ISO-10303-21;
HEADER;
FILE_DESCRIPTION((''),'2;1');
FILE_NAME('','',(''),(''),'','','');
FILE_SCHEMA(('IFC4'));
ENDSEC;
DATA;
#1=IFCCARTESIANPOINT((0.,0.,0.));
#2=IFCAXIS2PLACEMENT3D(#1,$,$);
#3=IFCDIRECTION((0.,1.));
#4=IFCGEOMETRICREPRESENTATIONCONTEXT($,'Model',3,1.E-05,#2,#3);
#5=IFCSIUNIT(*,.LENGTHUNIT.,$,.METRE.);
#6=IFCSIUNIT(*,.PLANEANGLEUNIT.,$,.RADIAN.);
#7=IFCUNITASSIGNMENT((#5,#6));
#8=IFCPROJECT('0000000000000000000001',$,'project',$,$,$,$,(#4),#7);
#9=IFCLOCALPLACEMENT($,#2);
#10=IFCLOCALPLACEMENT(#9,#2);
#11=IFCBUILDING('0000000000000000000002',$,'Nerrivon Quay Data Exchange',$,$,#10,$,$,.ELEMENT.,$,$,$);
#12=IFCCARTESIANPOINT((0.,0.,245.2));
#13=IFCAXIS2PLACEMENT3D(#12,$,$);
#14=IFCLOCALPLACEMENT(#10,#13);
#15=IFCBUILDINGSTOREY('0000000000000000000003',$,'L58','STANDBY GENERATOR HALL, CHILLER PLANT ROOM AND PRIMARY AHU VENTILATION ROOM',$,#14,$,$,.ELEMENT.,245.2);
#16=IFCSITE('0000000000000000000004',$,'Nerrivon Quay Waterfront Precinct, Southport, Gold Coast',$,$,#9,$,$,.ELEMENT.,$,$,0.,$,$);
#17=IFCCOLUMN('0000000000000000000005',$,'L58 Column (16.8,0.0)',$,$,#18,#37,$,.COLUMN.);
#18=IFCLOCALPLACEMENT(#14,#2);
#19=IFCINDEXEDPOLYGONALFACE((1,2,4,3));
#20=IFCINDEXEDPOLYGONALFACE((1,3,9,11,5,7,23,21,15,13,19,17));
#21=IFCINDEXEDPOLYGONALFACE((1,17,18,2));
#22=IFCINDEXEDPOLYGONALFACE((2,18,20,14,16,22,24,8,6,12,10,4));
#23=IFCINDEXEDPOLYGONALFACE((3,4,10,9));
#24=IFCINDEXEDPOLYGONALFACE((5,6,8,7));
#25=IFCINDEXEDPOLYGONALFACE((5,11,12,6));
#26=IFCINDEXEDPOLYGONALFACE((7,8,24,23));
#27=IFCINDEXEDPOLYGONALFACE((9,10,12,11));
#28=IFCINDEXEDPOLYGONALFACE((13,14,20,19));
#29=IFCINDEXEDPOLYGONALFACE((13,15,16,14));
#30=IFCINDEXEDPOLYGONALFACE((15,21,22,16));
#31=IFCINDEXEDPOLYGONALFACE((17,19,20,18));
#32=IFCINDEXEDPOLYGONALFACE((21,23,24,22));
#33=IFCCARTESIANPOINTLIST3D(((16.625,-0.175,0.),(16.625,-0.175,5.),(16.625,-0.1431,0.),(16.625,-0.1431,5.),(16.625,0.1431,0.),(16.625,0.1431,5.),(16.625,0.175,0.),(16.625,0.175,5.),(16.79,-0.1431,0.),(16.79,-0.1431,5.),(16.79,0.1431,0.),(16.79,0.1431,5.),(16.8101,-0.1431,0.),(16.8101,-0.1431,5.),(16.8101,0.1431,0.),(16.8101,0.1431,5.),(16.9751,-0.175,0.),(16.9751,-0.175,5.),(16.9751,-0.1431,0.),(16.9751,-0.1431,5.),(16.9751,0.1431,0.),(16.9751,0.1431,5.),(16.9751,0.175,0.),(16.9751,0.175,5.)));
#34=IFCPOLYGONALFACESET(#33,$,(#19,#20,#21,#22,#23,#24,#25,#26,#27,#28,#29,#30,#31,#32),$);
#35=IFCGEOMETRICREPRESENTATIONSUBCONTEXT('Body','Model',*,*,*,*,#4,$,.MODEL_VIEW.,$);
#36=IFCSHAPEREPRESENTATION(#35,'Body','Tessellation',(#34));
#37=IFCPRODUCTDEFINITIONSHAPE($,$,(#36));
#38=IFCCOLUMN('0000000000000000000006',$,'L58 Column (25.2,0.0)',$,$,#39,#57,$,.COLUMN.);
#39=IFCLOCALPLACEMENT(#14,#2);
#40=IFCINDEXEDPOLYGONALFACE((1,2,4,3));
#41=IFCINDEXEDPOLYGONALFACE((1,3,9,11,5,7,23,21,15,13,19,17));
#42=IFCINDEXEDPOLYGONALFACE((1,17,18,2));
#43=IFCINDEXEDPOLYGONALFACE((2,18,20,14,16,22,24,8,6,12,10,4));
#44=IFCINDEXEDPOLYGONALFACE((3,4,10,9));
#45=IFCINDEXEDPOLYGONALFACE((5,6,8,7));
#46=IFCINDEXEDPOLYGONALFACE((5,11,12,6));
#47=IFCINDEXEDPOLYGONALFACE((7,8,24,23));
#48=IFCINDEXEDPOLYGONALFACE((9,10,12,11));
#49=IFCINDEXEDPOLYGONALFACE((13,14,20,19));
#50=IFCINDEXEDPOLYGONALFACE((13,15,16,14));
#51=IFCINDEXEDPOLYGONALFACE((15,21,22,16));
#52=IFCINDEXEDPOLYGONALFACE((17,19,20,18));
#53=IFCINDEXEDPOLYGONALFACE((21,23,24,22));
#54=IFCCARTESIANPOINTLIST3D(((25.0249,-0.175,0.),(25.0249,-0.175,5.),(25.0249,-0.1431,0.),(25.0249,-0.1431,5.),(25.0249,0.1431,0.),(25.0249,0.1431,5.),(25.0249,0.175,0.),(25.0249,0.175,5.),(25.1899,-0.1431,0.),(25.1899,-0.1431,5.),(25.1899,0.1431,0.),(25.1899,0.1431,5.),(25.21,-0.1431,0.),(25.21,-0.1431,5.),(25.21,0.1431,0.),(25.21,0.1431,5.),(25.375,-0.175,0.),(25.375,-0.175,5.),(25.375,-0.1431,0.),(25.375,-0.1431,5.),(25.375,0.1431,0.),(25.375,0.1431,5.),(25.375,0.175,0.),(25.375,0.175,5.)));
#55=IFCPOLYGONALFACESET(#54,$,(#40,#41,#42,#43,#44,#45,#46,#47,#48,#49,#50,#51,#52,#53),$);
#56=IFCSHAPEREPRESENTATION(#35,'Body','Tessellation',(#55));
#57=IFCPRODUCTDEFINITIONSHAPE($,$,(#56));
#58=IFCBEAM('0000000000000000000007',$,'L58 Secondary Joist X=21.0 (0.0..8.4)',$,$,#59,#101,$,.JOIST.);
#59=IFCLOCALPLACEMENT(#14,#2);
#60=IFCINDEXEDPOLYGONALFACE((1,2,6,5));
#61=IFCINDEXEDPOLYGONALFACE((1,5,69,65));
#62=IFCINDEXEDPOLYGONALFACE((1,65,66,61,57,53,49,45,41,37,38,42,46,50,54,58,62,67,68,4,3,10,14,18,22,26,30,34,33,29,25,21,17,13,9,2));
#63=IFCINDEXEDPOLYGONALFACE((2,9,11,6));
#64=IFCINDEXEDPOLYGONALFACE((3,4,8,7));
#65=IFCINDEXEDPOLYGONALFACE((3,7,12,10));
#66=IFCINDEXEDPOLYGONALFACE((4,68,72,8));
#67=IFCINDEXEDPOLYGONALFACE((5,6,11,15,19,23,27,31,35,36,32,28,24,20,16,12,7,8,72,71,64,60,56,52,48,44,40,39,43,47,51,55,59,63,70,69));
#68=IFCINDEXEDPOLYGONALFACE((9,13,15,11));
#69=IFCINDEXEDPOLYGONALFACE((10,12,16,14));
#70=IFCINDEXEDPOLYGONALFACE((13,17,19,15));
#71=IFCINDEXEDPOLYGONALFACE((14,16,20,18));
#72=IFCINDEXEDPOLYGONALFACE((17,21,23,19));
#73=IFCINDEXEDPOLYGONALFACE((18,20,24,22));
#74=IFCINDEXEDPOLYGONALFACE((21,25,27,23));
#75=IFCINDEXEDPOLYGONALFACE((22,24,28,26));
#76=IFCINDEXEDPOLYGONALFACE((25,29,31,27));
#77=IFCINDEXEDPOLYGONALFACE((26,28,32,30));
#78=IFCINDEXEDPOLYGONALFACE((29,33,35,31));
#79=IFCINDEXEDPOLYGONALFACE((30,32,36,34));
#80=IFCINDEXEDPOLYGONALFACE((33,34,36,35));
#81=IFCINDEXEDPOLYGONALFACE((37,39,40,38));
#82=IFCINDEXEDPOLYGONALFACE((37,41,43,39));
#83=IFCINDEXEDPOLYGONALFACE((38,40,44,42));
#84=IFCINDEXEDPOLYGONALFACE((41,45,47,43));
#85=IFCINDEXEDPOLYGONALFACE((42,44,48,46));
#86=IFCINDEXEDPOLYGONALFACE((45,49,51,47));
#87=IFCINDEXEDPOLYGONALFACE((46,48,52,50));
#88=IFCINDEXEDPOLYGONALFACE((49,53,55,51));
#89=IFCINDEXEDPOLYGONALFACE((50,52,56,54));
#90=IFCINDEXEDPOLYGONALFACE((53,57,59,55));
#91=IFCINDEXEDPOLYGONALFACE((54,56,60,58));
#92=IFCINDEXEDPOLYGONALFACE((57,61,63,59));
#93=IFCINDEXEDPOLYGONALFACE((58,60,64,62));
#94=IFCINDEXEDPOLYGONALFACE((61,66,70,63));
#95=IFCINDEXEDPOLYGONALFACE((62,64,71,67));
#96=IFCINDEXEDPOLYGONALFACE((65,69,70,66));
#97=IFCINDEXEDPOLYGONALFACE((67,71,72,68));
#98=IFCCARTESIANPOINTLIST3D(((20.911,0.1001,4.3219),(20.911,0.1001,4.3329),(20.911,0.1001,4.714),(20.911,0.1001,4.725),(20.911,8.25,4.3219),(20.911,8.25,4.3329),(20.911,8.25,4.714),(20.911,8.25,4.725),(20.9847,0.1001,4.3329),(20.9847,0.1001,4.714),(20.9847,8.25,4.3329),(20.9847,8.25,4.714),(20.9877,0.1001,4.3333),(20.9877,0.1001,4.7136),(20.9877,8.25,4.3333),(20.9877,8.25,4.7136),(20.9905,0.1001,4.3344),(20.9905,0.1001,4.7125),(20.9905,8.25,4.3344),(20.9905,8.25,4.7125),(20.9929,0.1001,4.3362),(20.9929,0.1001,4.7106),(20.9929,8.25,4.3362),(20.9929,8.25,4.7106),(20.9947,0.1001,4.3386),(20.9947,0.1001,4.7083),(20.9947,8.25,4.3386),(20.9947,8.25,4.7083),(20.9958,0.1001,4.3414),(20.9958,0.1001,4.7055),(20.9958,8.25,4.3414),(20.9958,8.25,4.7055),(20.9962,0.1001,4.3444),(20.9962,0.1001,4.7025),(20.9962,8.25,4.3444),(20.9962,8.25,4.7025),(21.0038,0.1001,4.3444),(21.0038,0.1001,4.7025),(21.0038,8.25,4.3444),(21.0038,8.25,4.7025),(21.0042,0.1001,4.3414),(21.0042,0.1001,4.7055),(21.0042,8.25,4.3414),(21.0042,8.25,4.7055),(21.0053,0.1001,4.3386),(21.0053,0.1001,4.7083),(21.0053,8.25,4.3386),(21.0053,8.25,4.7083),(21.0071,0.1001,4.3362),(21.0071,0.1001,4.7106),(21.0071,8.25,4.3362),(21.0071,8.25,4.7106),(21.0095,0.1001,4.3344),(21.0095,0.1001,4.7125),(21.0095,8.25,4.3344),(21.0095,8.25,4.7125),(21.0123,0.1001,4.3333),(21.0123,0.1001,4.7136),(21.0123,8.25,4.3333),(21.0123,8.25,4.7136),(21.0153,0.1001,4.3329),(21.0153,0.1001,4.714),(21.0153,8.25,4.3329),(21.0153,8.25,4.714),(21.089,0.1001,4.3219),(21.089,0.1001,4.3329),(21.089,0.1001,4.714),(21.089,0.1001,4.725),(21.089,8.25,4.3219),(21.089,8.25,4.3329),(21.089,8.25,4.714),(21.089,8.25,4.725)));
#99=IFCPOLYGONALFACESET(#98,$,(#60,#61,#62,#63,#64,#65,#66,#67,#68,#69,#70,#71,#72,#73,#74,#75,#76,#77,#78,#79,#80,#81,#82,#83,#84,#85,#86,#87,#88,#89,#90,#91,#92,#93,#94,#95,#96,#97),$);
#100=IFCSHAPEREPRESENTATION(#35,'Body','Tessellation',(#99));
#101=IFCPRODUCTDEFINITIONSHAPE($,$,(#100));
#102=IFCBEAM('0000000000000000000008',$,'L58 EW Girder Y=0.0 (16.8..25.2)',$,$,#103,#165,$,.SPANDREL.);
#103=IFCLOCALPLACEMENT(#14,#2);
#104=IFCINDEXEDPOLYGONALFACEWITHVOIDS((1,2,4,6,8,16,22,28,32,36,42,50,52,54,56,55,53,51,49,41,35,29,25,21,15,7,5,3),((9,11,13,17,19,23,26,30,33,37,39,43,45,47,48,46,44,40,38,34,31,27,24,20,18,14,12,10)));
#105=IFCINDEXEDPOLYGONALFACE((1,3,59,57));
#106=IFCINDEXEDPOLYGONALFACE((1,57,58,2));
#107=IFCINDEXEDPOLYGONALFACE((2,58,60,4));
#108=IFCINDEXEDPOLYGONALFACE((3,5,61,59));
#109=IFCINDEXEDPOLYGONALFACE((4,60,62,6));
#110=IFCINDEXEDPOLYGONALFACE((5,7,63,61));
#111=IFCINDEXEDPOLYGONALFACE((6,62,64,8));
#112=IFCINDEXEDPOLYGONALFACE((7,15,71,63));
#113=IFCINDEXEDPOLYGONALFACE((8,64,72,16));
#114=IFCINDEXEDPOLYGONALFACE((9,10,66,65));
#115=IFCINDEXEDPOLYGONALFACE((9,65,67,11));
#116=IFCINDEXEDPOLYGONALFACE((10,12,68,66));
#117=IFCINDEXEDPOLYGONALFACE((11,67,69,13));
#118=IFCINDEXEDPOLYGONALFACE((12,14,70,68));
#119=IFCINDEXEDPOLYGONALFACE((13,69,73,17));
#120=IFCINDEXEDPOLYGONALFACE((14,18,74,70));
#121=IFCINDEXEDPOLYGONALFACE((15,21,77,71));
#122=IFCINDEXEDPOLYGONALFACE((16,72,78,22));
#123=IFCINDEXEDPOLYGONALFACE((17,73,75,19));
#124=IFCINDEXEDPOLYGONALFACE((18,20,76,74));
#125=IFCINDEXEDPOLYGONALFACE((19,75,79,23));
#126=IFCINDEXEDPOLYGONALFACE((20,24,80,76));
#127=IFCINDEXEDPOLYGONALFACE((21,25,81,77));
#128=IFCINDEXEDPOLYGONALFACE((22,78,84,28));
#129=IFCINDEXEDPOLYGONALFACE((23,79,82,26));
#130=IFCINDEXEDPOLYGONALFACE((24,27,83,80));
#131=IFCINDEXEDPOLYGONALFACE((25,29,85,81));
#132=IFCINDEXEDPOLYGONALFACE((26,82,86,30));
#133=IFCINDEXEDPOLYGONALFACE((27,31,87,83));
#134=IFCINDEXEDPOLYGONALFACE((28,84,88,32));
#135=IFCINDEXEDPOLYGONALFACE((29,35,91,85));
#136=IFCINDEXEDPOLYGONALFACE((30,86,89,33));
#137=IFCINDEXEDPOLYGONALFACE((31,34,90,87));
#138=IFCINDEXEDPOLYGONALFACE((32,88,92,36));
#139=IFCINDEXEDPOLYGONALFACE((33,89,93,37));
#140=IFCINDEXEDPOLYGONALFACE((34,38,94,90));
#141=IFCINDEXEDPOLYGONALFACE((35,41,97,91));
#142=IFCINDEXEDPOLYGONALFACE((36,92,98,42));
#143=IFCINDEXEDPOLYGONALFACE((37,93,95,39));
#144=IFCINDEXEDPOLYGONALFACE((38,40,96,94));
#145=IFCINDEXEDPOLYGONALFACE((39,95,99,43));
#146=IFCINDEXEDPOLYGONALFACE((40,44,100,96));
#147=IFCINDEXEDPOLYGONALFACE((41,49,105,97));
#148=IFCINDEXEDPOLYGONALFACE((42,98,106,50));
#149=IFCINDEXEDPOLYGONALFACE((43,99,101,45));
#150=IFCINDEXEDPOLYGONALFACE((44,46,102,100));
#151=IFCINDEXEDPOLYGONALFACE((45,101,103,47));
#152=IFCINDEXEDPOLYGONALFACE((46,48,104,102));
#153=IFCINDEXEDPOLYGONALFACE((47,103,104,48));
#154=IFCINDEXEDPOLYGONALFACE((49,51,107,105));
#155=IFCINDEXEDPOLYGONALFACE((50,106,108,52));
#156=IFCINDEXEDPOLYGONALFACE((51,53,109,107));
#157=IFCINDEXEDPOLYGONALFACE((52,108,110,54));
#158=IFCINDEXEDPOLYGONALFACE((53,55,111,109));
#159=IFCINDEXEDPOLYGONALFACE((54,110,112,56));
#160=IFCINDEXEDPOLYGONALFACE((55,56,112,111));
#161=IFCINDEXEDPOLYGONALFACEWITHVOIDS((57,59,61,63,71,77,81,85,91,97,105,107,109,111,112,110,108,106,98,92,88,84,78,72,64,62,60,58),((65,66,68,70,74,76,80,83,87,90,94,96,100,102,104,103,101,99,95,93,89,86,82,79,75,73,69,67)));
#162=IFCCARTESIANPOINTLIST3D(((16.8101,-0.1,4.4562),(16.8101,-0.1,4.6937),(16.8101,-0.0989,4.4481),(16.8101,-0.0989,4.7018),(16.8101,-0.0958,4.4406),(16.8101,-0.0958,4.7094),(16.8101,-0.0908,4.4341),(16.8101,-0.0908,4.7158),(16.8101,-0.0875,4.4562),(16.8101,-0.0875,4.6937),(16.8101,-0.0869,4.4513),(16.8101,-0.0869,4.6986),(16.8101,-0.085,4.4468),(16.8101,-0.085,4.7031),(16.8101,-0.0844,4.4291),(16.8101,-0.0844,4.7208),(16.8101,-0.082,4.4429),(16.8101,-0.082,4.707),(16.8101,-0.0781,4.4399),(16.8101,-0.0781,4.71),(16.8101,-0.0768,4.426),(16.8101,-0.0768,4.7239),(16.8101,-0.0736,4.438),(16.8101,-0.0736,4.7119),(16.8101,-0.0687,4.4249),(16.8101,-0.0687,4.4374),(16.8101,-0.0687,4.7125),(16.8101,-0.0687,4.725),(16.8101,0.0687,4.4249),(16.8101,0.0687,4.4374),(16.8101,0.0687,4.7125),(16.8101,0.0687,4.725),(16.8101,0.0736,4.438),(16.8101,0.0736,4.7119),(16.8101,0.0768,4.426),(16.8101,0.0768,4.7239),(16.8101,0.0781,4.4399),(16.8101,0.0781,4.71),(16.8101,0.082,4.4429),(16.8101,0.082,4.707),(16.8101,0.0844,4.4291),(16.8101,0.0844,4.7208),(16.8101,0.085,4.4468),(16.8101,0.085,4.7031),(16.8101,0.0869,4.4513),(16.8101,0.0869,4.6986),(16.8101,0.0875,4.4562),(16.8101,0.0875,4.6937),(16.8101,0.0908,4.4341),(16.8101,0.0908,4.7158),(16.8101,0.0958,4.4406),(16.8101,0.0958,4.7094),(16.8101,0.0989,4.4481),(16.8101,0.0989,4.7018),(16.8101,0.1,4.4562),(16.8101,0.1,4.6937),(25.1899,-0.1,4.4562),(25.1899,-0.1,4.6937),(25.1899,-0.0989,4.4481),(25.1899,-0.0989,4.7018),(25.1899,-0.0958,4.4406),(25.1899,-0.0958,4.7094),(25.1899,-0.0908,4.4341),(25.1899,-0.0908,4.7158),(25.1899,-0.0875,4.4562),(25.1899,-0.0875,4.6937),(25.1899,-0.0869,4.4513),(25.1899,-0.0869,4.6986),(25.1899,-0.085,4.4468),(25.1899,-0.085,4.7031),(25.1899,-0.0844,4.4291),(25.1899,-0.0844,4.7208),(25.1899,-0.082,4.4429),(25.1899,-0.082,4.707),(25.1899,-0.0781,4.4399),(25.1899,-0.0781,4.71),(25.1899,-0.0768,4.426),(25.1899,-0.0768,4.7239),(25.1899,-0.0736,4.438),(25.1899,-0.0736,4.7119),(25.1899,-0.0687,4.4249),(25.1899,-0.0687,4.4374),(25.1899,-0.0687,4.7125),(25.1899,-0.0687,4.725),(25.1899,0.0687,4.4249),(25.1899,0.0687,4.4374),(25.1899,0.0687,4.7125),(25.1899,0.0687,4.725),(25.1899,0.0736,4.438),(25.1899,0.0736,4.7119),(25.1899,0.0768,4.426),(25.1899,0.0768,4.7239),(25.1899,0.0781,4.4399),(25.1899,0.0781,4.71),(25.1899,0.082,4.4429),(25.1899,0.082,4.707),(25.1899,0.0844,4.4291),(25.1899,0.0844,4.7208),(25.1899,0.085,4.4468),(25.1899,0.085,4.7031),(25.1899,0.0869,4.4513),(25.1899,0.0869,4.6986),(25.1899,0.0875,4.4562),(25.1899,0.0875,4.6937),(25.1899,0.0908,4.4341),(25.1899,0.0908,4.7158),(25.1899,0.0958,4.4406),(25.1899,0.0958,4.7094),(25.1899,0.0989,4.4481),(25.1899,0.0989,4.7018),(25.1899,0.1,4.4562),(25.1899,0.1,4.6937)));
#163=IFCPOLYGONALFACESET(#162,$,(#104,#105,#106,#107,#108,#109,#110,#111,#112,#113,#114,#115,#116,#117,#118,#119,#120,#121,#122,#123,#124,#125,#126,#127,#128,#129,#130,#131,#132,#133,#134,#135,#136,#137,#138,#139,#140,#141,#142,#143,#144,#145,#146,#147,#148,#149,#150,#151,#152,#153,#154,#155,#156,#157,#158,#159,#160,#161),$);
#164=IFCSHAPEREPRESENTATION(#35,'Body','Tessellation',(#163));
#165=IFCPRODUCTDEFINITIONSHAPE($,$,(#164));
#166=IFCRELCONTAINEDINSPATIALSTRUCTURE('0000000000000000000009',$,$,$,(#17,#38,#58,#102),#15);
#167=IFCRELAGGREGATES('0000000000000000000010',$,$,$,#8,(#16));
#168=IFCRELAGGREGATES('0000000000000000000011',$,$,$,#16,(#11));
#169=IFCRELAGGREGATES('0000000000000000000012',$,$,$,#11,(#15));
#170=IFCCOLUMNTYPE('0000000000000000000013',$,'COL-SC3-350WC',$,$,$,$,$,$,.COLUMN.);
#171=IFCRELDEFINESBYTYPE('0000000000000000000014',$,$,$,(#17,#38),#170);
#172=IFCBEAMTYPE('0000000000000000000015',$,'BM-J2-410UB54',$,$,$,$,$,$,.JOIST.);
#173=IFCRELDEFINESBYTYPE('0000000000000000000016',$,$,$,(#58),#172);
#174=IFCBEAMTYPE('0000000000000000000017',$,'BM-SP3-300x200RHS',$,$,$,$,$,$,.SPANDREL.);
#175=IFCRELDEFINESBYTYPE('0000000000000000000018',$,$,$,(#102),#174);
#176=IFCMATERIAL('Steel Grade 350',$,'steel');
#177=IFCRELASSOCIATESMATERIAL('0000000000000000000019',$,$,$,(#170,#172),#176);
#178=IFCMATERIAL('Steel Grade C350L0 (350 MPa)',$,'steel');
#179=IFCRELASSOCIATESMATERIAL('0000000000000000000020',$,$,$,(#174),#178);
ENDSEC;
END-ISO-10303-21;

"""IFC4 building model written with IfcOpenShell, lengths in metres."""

from ifc_helpers import new_model, si_unit, direction, frame, origin, origin_2d, place, context, subcontext, project, spatial, hollow_rectangle, i_section, extrude, material, material_profile, profile_set, type_object, element, save


model = new_model("IFC4")

# Units and contexts
model_context = context("Model", 3, precision=1e-05, world=origin(), true_north=direction((0.0, 1.0)))
body_context = subcontext(model_context, "Body", "Model", "MODEL_VIEW")
ifc_project = project(units=[si_unit("LENGTHUNIT", "METRE"), si_unit("PLANEANGLEUNIT", "RADIAN")], contexts=[model_context])

# Site, building, storey
site_placement = place(None, origin())
site = spatial("IfcSite", under=ifc_project, at=site_placement, Name="Nerrivon Quay Waterfront Precinct, Southport, Gold Coast", CompositionType="ELEMENT", RefElevation=0.0)
building_placement = place(site_placement, origin())
building = spatial("IfcBuilding", under=site, at=building_placement, Name="Nerrivon Quay Data Exchange", CompositionType="ELEMENT")
storey_placement = place(building_placement, frame((0.0, 0.0, 245.2)))
storey = spatial("IfcBuildingStorey", under=building, at=storey_placement, Name="L58", Description="STANDBY GENERATOR HALL, CHILLER PLANT ROOM AND PRIMARY AHU VENTILATION ROOM", CompositionType="ELEMENT", Elevation=245.2)

# Columns
ifc_material_1 = material(Name="Steel Grade 350", Category="steel")
ifc_material_profile_1 = material_profile(ifc_material_1, i_section(OverallWidth=0.3501, OverallDepth=0.3501, WebThickness=0.02, FlangeThickness=0.032, at=origin_2d()), Name="350WC230")
ifc_profile_set_1 = profile_set([ifc_material_profile_1], Name="Steel Grade 350")
column_type = type_object("IfcColumnType", Name="COL-SC3-350WC", PredefinedType="COLUMN", material=ifc_profile_set_1)
for number, where, z_axis, x_axis, name in (
    (1, (16.8, 0.0, 0.0), (0.0, 0.0, 1.0), (1.0, 0.0, 0.0), "L58 Column (16.8,0.0)"),
    (2, (25.2, 0.0, 0.0), (0.0, 0.0, 1.0), (1.0, 0.0, 0.0), "L58 Column (25.2,0.0)"),
):
    element("IfcColumn", number, at=place(storey_placement, frame(where, z_axis=z_axis, x_axis=x_axis)), inside=storey, type_object=column_type, Name=name, PredefinedType="COLUMN", context=body_context, shape_type="SweptSolid", body=[
        extrude(i_section(OverallWidth=0.3501, OverallDepth=0.3501, WebThickness=0.02, FlangeThickness=0.032, at=origin_2d()), origin(), (0.0, 0.0, 1.0), 5.0),
    ])

# Beams
ifc_material_profile_2 = material_profile(ifc_material_1, i_section(OverallWidth=0.178, OverallDepth=0.4031, WebThickness=0.0076, FlangeThickness=0.011, FilletRadius=0.0115, at=origin_2d()), Name="410UB53.7")
ifc_profile_set_2 = profile_set([ifc_material_profile_2], Name="Steel Grade 350")
beam_type_1 = type_object("IfcBeamType", Name="BM-J2-410UB54", PredefinedType="JOIST", material=ifc_profile_set_2)
beam_1_placement = place(storey_placement, frame((21.0, 0.1001, 4.5234), z_axis=(0.0, 1.0, 0.0), x_axis=(-1.0, 0.0, 0.0)))
element("IfcBeam", 3, at=beam_1_placement, inside=storey, type_object=beam_type_1, Name="L58 Secondary Joist X=21.0 (0.0..8.4)", PredefinedType="JOIST", context=body_context, shape_type="SweptSolid", body=[
    extrude(i_section(OverallWidth=0.178, OverallDepth=0.4031, WebThickness=0.0076, FlangeThickness=0.011, FilletRadius=0.0115, at=origin_2d()), origin(), (0.0, 0.0, 1.0), 8.1499),
])
ifc_material_2 = material(Name="Steel Grade C350L0 (350 MPa)", Category="steel")
ifc_material_profile_3 = material_profile(ifc_material_2, hollow_rectangle(XDim=0.2, YDim=0.3, WallThickness=0.0125, InnerFilletRadius=0.0188, OuterFilletRadius=0.0312, at=origin_2d()), Name="300x200x12.5RHS")
ifc_profile_set_3 = profile_set([ifc_material_profile_3], Name="Steel Grade C350L0 (350 MPa)")
beam_type_2 = type_object("IfcBeamType", Name="BM-SP3-300x200RHS", PredefinedType="SPANDREL", material=ifc_profile_set_3)
beam_2_placement = place(storey_placement, frame((16.8101, 0.0, 4.575), z_axis=(1.0, 0.0, 0.0), x_axis=(0.0, 1.0, 0.0)))
element("IfcBeam", 4, at=beam_2_placement, inside=storey, type_object=beam_type_2, Name="L58 EW Girder Y=0.0 (16.8..25.2)", PredefinedType="SPANDREL", context=body_context, shape_type="SweptSolid", body=[
    extrude(hollow_rectangle(XDim=0.2, YDim=0.3, WallThickness=0.0125, InnerFilletRadius=0.0188, OuterFilletRadius=0.0312, at=origin_2d()), origin(), (0.0, 0.0, 1.0), 8.3799),
])

save(model, "model.ifc")
